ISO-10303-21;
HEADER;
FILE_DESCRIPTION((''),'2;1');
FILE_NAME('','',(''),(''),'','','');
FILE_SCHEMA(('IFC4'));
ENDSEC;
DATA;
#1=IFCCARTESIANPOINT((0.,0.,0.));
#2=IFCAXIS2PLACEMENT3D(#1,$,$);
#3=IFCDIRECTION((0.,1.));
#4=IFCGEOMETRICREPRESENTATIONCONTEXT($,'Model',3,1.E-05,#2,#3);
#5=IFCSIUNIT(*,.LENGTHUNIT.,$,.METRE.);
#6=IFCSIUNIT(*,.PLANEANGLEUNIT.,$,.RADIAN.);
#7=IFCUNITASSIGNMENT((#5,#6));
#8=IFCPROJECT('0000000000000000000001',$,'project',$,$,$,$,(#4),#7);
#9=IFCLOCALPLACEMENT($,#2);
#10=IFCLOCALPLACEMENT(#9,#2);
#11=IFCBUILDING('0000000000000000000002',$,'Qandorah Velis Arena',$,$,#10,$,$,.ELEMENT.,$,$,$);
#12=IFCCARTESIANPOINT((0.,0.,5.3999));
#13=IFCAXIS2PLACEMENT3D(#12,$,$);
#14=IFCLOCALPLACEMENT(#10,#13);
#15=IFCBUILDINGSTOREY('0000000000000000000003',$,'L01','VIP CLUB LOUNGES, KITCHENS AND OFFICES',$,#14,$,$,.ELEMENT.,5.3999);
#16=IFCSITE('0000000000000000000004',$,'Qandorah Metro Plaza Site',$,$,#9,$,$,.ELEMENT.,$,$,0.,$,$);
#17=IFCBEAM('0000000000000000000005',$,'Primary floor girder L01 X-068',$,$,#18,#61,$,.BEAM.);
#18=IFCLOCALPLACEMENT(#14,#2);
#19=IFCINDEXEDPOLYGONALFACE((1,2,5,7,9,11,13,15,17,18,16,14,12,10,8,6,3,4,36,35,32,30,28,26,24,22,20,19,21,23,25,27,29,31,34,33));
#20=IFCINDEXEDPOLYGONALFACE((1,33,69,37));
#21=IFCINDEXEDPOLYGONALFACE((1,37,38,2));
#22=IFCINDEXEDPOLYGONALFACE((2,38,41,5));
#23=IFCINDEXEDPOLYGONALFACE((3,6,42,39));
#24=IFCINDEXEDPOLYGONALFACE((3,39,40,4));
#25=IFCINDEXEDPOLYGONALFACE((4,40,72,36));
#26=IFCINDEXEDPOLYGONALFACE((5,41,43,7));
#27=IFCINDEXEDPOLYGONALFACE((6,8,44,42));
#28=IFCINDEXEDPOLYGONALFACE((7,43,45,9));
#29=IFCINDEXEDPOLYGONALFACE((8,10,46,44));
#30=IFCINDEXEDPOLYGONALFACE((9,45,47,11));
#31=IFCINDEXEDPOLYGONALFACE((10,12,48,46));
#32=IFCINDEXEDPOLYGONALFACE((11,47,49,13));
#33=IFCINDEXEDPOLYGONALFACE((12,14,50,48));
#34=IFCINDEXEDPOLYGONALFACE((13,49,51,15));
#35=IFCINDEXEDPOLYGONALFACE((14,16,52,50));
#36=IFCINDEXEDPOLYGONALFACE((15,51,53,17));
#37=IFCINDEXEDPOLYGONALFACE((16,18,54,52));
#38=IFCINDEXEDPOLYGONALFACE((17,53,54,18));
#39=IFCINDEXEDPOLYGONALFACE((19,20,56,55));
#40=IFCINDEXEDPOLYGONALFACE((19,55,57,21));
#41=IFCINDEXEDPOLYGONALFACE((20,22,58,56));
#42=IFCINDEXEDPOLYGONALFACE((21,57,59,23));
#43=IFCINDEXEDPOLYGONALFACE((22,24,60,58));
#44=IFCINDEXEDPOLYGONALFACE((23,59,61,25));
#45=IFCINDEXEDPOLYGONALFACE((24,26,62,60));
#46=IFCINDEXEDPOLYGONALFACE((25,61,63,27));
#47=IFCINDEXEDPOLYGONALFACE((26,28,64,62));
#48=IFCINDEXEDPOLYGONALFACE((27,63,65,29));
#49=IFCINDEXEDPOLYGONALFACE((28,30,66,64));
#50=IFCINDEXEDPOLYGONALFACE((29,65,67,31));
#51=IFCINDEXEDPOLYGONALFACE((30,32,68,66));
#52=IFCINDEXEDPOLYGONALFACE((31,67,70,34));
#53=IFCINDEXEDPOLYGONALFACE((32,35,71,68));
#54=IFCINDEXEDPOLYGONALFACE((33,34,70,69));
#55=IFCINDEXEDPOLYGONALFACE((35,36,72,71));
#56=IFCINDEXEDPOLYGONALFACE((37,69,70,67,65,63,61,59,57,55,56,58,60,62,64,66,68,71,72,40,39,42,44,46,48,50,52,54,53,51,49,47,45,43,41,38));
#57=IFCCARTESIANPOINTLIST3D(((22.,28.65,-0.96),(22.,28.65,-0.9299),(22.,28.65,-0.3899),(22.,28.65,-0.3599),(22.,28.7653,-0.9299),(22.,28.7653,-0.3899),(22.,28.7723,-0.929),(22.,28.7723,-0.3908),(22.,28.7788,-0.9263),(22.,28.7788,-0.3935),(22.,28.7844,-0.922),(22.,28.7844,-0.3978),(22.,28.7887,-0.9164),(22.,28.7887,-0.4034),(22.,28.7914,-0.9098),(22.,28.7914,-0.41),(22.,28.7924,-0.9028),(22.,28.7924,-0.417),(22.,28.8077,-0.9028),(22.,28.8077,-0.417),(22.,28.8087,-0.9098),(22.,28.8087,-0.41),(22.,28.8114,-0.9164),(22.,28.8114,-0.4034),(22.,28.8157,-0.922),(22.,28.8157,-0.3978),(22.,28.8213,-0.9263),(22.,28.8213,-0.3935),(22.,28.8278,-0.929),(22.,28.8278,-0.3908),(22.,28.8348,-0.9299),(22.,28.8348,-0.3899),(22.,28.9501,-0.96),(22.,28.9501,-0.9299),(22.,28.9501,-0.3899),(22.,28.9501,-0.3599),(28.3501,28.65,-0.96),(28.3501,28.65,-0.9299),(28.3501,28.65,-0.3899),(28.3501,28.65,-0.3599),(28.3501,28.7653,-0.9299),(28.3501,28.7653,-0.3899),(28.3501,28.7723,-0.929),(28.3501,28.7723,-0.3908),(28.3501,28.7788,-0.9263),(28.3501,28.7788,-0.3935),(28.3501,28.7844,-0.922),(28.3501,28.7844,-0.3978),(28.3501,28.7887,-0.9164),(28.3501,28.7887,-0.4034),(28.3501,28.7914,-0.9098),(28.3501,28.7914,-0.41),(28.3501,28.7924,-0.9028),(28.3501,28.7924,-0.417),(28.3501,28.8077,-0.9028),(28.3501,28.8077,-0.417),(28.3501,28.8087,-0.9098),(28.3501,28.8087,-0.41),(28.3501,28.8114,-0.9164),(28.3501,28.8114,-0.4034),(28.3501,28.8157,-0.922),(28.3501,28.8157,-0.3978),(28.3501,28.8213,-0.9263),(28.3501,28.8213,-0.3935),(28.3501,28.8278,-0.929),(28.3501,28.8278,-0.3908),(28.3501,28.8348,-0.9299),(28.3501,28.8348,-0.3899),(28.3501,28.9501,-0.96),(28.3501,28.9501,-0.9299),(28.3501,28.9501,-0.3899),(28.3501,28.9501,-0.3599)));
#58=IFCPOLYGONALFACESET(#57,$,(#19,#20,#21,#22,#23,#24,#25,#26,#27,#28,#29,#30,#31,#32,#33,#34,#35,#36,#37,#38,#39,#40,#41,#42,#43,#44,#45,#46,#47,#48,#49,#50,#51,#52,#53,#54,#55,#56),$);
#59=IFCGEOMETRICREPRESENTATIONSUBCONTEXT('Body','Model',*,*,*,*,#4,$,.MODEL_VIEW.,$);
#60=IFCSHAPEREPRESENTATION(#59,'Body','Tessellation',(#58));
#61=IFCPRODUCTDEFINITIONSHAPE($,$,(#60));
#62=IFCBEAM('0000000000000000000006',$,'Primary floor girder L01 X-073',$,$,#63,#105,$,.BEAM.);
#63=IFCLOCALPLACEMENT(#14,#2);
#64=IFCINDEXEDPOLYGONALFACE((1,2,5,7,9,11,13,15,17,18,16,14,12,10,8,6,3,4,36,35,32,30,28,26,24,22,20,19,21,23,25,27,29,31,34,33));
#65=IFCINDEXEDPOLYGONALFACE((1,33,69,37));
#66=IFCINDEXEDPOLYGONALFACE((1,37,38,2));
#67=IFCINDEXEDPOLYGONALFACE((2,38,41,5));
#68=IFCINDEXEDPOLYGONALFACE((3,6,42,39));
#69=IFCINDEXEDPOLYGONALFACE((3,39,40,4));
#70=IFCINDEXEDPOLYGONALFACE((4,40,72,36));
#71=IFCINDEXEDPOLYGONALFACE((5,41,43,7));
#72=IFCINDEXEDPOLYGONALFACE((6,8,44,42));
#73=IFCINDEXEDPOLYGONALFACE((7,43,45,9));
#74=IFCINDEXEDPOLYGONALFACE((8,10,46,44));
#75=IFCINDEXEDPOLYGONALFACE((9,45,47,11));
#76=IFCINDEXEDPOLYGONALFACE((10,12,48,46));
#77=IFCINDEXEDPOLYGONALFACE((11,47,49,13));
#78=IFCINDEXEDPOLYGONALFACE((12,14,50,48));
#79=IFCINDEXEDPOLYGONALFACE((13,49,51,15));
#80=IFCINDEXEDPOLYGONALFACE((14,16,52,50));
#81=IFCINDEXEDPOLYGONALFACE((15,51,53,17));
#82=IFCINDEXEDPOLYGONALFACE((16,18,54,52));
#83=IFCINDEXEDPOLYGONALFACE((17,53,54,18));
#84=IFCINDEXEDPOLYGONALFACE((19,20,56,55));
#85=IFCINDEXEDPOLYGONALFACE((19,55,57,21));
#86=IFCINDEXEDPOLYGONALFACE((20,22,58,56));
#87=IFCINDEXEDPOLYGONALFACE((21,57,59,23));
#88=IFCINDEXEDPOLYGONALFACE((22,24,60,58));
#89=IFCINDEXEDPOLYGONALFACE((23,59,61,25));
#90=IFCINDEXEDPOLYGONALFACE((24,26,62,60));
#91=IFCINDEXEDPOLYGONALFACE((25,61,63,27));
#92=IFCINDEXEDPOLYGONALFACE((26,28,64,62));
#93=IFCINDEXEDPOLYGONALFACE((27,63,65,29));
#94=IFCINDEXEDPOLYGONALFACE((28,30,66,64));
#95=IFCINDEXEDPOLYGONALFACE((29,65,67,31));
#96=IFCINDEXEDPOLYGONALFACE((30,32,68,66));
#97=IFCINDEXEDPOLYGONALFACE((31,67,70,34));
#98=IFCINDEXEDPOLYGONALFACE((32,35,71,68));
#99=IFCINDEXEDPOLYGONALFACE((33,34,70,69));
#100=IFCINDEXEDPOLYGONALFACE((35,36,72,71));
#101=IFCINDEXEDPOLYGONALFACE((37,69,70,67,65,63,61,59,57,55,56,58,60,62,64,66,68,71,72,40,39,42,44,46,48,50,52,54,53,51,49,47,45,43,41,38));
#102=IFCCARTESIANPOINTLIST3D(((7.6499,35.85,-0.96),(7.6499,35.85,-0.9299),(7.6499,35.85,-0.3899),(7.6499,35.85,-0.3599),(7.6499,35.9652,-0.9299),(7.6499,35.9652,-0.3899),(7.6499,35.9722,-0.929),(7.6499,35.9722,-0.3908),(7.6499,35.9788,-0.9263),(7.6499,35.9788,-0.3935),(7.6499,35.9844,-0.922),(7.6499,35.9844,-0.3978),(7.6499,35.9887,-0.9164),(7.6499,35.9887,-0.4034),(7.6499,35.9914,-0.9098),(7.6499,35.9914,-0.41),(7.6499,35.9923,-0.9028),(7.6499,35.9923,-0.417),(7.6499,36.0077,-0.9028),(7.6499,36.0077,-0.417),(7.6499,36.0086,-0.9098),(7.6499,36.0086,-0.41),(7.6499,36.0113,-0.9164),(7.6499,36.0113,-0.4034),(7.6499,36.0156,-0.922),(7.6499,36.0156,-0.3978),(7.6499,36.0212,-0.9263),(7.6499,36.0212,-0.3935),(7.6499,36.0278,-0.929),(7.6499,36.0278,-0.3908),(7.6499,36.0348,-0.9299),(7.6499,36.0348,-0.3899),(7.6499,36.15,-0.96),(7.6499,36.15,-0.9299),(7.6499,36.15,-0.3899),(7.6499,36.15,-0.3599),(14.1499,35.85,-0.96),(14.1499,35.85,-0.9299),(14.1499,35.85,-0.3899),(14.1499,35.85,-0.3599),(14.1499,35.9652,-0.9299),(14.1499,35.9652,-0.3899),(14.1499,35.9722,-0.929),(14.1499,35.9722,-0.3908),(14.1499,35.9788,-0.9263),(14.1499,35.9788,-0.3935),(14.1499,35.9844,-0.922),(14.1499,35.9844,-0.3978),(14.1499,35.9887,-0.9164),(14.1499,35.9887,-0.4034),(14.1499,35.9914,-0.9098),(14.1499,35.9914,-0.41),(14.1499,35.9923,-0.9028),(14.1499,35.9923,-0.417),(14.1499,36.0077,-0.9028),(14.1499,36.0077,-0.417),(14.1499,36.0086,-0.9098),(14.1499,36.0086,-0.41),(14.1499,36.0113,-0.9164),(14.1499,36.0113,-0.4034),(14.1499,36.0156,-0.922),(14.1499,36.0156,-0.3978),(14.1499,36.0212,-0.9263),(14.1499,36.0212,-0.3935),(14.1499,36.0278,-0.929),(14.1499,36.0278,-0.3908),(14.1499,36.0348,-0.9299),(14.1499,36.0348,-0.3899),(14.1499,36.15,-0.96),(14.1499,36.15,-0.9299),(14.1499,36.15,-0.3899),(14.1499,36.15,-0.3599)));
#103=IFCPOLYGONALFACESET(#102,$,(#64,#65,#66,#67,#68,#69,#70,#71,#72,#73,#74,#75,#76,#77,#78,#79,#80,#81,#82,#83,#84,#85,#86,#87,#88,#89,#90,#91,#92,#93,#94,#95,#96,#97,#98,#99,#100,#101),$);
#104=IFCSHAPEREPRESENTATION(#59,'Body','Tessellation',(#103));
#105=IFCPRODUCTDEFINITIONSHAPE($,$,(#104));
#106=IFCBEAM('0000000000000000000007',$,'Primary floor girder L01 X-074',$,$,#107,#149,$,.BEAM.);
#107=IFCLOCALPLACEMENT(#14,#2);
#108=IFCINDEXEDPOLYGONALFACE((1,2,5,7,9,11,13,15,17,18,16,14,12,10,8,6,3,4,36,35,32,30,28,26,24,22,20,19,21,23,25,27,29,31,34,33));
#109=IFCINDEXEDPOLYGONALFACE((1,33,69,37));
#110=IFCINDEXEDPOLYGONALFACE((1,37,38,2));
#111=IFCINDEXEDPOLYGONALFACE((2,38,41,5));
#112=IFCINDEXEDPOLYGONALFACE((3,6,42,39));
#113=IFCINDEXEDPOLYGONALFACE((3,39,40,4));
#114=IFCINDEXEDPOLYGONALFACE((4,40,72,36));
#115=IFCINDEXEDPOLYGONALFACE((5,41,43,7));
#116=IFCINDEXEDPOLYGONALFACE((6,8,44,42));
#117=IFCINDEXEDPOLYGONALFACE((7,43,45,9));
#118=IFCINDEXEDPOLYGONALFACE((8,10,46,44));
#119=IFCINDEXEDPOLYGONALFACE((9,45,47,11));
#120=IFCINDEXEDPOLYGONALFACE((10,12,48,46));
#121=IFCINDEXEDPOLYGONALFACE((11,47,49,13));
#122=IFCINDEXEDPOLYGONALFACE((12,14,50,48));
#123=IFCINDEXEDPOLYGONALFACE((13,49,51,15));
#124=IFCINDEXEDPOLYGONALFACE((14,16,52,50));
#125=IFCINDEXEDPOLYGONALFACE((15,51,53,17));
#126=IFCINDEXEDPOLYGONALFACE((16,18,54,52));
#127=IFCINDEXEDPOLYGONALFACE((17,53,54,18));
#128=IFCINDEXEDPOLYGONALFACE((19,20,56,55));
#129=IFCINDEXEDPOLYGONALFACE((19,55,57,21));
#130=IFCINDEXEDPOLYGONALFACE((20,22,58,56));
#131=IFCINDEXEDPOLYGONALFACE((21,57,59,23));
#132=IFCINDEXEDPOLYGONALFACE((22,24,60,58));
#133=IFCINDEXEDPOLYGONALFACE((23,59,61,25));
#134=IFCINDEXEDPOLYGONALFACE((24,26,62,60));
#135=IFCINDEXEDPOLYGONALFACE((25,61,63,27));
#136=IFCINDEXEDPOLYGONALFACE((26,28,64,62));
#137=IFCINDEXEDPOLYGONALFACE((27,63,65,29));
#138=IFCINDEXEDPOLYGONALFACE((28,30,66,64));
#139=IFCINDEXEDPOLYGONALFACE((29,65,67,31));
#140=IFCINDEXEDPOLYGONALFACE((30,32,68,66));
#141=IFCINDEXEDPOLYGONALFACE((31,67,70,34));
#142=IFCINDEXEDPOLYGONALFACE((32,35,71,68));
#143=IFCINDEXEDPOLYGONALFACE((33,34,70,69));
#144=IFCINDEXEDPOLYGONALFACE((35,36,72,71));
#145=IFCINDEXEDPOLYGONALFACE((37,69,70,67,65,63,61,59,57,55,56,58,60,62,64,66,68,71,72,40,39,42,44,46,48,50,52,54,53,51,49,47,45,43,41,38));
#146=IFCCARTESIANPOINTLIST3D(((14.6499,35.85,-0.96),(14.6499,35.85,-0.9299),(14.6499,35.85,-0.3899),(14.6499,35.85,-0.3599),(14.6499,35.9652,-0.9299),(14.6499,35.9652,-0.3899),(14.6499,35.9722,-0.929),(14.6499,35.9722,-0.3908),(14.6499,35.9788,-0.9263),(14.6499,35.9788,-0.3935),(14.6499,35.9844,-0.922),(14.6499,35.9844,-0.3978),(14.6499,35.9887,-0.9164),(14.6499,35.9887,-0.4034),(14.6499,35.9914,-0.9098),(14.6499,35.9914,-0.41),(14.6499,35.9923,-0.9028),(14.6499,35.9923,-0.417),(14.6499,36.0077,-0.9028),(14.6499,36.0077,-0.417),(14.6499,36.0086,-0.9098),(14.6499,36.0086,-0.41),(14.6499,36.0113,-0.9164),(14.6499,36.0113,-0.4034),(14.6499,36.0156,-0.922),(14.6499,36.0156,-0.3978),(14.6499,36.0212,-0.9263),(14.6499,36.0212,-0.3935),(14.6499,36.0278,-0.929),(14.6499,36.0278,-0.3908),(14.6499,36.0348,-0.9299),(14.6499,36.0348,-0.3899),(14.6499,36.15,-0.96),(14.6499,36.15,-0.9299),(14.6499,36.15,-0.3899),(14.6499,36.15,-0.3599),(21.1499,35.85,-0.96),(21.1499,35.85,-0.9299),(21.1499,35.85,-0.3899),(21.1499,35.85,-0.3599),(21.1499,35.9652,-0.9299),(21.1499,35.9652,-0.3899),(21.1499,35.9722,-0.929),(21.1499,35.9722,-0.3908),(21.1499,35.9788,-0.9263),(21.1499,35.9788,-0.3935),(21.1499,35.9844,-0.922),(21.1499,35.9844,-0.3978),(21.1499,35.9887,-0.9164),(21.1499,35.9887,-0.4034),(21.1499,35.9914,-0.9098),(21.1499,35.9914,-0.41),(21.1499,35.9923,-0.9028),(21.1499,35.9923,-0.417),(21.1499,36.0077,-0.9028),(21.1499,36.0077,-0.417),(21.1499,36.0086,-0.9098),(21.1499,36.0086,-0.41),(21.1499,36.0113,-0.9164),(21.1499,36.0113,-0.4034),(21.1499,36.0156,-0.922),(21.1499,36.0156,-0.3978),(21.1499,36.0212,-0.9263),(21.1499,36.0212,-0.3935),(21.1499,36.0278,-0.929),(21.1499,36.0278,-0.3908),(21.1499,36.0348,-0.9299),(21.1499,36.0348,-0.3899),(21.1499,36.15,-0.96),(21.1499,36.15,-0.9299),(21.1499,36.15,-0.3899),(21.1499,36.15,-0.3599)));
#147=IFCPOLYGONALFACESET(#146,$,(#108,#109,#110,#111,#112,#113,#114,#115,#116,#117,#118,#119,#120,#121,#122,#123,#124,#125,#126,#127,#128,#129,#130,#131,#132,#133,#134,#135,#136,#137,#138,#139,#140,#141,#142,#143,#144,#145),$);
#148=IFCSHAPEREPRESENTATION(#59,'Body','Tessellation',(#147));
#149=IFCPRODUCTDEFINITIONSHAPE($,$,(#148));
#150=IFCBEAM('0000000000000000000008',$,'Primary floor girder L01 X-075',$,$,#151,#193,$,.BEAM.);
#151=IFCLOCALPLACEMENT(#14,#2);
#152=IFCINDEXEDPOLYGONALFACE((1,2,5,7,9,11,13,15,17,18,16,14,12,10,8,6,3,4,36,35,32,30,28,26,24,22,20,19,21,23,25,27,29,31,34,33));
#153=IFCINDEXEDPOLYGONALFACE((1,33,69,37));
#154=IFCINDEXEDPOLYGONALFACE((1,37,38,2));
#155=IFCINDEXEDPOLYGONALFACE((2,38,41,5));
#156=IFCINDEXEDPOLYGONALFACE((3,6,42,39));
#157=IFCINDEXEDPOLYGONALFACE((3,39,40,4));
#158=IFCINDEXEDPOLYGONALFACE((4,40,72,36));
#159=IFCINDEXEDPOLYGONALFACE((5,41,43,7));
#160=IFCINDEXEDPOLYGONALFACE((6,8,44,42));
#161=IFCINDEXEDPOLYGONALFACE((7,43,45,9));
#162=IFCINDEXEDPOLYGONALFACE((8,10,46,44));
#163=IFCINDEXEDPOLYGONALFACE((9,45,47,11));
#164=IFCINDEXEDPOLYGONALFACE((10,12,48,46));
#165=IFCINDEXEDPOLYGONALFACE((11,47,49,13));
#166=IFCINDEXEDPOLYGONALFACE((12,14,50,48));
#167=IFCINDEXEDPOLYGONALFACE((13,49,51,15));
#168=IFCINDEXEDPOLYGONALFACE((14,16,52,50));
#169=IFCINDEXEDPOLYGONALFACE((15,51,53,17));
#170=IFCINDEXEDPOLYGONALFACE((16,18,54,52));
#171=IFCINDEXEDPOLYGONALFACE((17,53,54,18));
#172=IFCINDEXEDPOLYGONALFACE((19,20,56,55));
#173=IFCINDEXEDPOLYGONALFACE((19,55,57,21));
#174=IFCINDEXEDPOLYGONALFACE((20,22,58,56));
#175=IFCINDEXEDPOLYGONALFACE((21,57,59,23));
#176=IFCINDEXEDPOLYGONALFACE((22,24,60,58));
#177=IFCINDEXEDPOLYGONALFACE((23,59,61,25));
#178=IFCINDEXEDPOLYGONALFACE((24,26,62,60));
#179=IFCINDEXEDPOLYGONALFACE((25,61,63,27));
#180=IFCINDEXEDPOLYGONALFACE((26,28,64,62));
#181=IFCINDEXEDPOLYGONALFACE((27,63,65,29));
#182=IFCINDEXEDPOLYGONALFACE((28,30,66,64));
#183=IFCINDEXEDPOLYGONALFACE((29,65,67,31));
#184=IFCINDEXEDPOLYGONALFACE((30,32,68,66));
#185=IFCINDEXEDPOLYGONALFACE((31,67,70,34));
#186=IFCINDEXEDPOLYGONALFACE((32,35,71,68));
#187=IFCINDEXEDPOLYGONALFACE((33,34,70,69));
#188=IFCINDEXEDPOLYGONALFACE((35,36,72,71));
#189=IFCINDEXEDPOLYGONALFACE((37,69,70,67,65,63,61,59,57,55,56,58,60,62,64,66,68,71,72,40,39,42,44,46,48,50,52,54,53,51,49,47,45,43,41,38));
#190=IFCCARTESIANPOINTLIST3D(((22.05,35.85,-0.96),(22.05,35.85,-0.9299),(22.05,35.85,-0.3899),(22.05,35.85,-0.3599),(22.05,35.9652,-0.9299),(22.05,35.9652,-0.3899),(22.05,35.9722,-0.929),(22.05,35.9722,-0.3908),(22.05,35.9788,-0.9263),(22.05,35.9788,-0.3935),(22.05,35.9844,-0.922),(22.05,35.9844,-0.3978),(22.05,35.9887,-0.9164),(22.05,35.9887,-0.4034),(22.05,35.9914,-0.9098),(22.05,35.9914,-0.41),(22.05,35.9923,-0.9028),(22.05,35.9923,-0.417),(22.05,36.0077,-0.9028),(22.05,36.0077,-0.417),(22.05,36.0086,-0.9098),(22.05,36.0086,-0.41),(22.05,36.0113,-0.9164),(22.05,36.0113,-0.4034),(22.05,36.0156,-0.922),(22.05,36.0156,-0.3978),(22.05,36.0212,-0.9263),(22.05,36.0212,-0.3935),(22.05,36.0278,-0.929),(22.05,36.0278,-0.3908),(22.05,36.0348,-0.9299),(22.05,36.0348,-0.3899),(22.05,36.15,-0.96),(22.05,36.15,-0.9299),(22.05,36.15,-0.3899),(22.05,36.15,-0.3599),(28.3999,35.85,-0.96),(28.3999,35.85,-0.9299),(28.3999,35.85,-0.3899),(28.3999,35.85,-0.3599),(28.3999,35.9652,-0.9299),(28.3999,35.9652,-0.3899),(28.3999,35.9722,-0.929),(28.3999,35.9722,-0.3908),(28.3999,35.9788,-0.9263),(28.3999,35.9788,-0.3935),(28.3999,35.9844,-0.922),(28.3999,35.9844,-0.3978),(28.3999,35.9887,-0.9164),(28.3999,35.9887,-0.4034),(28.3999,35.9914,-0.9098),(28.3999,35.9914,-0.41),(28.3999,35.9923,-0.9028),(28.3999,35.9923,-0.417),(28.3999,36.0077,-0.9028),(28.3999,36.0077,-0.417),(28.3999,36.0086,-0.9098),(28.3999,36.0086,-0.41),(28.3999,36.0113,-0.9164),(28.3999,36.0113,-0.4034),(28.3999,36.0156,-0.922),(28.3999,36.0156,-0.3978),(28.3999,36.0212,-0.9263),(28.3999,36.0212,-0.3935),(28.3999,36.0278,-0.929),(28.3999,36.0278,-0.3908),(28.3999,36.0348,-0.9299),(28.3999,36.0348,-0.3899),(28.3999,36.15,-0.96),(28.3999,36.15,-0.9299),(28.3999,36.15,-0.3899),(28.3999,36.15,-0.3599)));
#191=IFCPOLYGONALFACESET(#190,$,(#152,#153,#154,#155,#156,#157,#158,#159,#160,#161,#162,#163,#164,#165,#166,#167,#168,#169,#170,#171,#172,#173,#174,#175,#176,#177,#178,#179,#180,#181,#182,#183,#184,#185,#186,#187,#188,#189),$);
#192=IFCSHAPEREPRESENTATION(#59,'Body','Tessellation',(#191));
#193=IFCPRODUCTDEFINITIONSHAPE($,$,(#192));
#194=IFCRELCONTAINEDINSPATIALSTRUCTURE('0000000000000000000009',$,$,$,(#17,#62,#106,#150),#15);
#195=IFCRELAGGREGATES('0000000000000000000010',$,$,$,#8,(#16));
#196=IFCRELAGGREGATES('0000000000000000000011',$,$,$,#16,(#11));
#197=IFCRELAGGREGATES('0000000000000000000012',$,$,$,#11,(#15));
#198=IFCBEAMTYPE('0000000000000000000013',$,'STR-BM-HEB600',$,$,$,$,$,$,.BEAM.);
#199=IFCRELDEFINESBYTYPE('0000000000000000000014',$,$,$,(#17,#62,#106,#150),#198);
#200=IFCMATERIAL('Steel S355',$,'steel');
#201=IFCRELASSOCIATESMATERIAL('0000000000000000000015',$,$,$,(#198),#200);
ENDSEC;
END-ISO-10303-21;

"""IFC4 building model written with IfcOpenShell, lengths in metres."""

from ifc_helpers import new_model, si_unit, direction, frame, origin, origin_2d, place, context, subcontext, project, spatial, i_section, extrude, material, material_profile, profile_set, type_object, element, save


model = new_model("IFC4")

# Units and contexts
model_context = context("Model", 3, precision=1e-05, world=origin(), true_north=direction((0.0, 1.0)))
body_context = subcontext(model_context, "Body", "Model", "MODEL_VIEW")
ifc_project = project(units=[si_unit("LENGTHUNIT", "METRE"), si_unit("PLANEANGLEUNIT", "RADIAN")], contexts=[model_context])

# Site, building, storey
site_placement = place(None, origin())
site = spatial("IfcSite", under=ifc_project, at=site_placement, Name="Qandorah Metro Plaza Site", CompositionType="ELEMENT", RefElevation=0.0)
building_placement = place(site_placement, origin())
building = spatial("IfcBuilding", under=site, at=building_placement, Name="Qandorah Velis Arena", CompositionType="ELEMENT")
storey_placement = place(building_placement, frame((0.0, 0.0, 5.3999)))
storey = spatial("IfcBuildingStorey", under=building, at=storey_placement, Name="L01", Description="VIP CLUB LOUNGES, KITCHENS AND OFFICES", CompositionType="ELEMENT", Elevation=5.3999)

# Beams
ifc_material_1 = material(Name="Steel S355", Category="steel")
ifc_material_profile_1 = material_profile(ifc_material_1, i_section(OverallWidth=0.3, OverallDepth=0.6001, WebThickness=0.0154, FlangeThickness=0.03, FilletRadius=0.0271, at=origin_2d()), Name="HEB 600")
ifc_profile_set_1 = profile_set([ifc_material_profile_1], Name="Steel S355")
beam_type_1 = type_object("IfcBeamType", Name="STR-BM-HEB600", PredefinedType="BEAM", material=ifc_profile_set_1)
beam_1_placement = place(storey_placement, frame((22.0, 28.8, -0.6599), z_axis=(1.0, 0.0, 0.0), x_axis=(0.0, 1.0, 0.0)))
element("IfcBeam", 1, at=beam_1_placement, inside=storey, type_object=beam_type_1, Name="Primary floor girder L01 X-068", PredefinedType="BEAM", context=body_context, shape_type="SweptSolid", body=[
    extrude(i_section(OverallWidth=0.3, OverallDepth=0.6001, WebThickness=0.0154, FlangeThickness=0.03, FilletRadius=0.0271, at=origin_2d()), origin(), (0.0, 0.0, 1.0), 6.3501),
])
for number, where, z_axis, x_axis, name in (
    (2, (7.6499, 36.0, -0.6599), (1.0, 0.0, 0.0), (0.0, 1.0, 0.0), "Primary floor girder L01 X-073"),
    (3, (14.6499, 36.0, -0.6599), (1.0, 0.0, 0.0), (0.0, 1.0, 0.0), "Primary floor girder L01 X-074"),
):
    element("IfcBeam", number, at=place(storey_placement, frame(where, z_axis=z_axis, x_axis=x_axis)), inside=storey, type_object=beam_type_1, Name=name, PredefinedType="BEAM", context=body_context, shape_type="SweptSolid", body=[
        extrude(i_section(OverallWidth=0.3, OverallDepth=0.6001, WebThickness=0.0154, FlangeThickness=0.03, FilletRadius=0.0271, at=origin_2d()), origin(), (0.0, 0.0, 1.0), 6.5),
    ])
beam_2_placement = place(storey_placement, frame((22.05, 36.0, -0.6599), z_axis=(1.0, 0.0, 0.0), x_axis=(0.0, 1.0, 0.0)))
element("IfcBeam", 4, at=beam_2_placement, inside=storey, type_object=beam_type_1, Name="Primary floor girder L01 X-075", PredefinedType="BEAM", context=body_context, shape_type="SweptSolid", body=[
    extrude(i_section(OverallWidth=0.3, OverallDepth=0.6001, WebThickness=0.0154, FlangeThickness=0.03, FilletRadius=0.0271, at=origin_2d()), origin(), (0.0, 0.0, 1.0), 6.3499),
])

save(model, "model.ifc")
